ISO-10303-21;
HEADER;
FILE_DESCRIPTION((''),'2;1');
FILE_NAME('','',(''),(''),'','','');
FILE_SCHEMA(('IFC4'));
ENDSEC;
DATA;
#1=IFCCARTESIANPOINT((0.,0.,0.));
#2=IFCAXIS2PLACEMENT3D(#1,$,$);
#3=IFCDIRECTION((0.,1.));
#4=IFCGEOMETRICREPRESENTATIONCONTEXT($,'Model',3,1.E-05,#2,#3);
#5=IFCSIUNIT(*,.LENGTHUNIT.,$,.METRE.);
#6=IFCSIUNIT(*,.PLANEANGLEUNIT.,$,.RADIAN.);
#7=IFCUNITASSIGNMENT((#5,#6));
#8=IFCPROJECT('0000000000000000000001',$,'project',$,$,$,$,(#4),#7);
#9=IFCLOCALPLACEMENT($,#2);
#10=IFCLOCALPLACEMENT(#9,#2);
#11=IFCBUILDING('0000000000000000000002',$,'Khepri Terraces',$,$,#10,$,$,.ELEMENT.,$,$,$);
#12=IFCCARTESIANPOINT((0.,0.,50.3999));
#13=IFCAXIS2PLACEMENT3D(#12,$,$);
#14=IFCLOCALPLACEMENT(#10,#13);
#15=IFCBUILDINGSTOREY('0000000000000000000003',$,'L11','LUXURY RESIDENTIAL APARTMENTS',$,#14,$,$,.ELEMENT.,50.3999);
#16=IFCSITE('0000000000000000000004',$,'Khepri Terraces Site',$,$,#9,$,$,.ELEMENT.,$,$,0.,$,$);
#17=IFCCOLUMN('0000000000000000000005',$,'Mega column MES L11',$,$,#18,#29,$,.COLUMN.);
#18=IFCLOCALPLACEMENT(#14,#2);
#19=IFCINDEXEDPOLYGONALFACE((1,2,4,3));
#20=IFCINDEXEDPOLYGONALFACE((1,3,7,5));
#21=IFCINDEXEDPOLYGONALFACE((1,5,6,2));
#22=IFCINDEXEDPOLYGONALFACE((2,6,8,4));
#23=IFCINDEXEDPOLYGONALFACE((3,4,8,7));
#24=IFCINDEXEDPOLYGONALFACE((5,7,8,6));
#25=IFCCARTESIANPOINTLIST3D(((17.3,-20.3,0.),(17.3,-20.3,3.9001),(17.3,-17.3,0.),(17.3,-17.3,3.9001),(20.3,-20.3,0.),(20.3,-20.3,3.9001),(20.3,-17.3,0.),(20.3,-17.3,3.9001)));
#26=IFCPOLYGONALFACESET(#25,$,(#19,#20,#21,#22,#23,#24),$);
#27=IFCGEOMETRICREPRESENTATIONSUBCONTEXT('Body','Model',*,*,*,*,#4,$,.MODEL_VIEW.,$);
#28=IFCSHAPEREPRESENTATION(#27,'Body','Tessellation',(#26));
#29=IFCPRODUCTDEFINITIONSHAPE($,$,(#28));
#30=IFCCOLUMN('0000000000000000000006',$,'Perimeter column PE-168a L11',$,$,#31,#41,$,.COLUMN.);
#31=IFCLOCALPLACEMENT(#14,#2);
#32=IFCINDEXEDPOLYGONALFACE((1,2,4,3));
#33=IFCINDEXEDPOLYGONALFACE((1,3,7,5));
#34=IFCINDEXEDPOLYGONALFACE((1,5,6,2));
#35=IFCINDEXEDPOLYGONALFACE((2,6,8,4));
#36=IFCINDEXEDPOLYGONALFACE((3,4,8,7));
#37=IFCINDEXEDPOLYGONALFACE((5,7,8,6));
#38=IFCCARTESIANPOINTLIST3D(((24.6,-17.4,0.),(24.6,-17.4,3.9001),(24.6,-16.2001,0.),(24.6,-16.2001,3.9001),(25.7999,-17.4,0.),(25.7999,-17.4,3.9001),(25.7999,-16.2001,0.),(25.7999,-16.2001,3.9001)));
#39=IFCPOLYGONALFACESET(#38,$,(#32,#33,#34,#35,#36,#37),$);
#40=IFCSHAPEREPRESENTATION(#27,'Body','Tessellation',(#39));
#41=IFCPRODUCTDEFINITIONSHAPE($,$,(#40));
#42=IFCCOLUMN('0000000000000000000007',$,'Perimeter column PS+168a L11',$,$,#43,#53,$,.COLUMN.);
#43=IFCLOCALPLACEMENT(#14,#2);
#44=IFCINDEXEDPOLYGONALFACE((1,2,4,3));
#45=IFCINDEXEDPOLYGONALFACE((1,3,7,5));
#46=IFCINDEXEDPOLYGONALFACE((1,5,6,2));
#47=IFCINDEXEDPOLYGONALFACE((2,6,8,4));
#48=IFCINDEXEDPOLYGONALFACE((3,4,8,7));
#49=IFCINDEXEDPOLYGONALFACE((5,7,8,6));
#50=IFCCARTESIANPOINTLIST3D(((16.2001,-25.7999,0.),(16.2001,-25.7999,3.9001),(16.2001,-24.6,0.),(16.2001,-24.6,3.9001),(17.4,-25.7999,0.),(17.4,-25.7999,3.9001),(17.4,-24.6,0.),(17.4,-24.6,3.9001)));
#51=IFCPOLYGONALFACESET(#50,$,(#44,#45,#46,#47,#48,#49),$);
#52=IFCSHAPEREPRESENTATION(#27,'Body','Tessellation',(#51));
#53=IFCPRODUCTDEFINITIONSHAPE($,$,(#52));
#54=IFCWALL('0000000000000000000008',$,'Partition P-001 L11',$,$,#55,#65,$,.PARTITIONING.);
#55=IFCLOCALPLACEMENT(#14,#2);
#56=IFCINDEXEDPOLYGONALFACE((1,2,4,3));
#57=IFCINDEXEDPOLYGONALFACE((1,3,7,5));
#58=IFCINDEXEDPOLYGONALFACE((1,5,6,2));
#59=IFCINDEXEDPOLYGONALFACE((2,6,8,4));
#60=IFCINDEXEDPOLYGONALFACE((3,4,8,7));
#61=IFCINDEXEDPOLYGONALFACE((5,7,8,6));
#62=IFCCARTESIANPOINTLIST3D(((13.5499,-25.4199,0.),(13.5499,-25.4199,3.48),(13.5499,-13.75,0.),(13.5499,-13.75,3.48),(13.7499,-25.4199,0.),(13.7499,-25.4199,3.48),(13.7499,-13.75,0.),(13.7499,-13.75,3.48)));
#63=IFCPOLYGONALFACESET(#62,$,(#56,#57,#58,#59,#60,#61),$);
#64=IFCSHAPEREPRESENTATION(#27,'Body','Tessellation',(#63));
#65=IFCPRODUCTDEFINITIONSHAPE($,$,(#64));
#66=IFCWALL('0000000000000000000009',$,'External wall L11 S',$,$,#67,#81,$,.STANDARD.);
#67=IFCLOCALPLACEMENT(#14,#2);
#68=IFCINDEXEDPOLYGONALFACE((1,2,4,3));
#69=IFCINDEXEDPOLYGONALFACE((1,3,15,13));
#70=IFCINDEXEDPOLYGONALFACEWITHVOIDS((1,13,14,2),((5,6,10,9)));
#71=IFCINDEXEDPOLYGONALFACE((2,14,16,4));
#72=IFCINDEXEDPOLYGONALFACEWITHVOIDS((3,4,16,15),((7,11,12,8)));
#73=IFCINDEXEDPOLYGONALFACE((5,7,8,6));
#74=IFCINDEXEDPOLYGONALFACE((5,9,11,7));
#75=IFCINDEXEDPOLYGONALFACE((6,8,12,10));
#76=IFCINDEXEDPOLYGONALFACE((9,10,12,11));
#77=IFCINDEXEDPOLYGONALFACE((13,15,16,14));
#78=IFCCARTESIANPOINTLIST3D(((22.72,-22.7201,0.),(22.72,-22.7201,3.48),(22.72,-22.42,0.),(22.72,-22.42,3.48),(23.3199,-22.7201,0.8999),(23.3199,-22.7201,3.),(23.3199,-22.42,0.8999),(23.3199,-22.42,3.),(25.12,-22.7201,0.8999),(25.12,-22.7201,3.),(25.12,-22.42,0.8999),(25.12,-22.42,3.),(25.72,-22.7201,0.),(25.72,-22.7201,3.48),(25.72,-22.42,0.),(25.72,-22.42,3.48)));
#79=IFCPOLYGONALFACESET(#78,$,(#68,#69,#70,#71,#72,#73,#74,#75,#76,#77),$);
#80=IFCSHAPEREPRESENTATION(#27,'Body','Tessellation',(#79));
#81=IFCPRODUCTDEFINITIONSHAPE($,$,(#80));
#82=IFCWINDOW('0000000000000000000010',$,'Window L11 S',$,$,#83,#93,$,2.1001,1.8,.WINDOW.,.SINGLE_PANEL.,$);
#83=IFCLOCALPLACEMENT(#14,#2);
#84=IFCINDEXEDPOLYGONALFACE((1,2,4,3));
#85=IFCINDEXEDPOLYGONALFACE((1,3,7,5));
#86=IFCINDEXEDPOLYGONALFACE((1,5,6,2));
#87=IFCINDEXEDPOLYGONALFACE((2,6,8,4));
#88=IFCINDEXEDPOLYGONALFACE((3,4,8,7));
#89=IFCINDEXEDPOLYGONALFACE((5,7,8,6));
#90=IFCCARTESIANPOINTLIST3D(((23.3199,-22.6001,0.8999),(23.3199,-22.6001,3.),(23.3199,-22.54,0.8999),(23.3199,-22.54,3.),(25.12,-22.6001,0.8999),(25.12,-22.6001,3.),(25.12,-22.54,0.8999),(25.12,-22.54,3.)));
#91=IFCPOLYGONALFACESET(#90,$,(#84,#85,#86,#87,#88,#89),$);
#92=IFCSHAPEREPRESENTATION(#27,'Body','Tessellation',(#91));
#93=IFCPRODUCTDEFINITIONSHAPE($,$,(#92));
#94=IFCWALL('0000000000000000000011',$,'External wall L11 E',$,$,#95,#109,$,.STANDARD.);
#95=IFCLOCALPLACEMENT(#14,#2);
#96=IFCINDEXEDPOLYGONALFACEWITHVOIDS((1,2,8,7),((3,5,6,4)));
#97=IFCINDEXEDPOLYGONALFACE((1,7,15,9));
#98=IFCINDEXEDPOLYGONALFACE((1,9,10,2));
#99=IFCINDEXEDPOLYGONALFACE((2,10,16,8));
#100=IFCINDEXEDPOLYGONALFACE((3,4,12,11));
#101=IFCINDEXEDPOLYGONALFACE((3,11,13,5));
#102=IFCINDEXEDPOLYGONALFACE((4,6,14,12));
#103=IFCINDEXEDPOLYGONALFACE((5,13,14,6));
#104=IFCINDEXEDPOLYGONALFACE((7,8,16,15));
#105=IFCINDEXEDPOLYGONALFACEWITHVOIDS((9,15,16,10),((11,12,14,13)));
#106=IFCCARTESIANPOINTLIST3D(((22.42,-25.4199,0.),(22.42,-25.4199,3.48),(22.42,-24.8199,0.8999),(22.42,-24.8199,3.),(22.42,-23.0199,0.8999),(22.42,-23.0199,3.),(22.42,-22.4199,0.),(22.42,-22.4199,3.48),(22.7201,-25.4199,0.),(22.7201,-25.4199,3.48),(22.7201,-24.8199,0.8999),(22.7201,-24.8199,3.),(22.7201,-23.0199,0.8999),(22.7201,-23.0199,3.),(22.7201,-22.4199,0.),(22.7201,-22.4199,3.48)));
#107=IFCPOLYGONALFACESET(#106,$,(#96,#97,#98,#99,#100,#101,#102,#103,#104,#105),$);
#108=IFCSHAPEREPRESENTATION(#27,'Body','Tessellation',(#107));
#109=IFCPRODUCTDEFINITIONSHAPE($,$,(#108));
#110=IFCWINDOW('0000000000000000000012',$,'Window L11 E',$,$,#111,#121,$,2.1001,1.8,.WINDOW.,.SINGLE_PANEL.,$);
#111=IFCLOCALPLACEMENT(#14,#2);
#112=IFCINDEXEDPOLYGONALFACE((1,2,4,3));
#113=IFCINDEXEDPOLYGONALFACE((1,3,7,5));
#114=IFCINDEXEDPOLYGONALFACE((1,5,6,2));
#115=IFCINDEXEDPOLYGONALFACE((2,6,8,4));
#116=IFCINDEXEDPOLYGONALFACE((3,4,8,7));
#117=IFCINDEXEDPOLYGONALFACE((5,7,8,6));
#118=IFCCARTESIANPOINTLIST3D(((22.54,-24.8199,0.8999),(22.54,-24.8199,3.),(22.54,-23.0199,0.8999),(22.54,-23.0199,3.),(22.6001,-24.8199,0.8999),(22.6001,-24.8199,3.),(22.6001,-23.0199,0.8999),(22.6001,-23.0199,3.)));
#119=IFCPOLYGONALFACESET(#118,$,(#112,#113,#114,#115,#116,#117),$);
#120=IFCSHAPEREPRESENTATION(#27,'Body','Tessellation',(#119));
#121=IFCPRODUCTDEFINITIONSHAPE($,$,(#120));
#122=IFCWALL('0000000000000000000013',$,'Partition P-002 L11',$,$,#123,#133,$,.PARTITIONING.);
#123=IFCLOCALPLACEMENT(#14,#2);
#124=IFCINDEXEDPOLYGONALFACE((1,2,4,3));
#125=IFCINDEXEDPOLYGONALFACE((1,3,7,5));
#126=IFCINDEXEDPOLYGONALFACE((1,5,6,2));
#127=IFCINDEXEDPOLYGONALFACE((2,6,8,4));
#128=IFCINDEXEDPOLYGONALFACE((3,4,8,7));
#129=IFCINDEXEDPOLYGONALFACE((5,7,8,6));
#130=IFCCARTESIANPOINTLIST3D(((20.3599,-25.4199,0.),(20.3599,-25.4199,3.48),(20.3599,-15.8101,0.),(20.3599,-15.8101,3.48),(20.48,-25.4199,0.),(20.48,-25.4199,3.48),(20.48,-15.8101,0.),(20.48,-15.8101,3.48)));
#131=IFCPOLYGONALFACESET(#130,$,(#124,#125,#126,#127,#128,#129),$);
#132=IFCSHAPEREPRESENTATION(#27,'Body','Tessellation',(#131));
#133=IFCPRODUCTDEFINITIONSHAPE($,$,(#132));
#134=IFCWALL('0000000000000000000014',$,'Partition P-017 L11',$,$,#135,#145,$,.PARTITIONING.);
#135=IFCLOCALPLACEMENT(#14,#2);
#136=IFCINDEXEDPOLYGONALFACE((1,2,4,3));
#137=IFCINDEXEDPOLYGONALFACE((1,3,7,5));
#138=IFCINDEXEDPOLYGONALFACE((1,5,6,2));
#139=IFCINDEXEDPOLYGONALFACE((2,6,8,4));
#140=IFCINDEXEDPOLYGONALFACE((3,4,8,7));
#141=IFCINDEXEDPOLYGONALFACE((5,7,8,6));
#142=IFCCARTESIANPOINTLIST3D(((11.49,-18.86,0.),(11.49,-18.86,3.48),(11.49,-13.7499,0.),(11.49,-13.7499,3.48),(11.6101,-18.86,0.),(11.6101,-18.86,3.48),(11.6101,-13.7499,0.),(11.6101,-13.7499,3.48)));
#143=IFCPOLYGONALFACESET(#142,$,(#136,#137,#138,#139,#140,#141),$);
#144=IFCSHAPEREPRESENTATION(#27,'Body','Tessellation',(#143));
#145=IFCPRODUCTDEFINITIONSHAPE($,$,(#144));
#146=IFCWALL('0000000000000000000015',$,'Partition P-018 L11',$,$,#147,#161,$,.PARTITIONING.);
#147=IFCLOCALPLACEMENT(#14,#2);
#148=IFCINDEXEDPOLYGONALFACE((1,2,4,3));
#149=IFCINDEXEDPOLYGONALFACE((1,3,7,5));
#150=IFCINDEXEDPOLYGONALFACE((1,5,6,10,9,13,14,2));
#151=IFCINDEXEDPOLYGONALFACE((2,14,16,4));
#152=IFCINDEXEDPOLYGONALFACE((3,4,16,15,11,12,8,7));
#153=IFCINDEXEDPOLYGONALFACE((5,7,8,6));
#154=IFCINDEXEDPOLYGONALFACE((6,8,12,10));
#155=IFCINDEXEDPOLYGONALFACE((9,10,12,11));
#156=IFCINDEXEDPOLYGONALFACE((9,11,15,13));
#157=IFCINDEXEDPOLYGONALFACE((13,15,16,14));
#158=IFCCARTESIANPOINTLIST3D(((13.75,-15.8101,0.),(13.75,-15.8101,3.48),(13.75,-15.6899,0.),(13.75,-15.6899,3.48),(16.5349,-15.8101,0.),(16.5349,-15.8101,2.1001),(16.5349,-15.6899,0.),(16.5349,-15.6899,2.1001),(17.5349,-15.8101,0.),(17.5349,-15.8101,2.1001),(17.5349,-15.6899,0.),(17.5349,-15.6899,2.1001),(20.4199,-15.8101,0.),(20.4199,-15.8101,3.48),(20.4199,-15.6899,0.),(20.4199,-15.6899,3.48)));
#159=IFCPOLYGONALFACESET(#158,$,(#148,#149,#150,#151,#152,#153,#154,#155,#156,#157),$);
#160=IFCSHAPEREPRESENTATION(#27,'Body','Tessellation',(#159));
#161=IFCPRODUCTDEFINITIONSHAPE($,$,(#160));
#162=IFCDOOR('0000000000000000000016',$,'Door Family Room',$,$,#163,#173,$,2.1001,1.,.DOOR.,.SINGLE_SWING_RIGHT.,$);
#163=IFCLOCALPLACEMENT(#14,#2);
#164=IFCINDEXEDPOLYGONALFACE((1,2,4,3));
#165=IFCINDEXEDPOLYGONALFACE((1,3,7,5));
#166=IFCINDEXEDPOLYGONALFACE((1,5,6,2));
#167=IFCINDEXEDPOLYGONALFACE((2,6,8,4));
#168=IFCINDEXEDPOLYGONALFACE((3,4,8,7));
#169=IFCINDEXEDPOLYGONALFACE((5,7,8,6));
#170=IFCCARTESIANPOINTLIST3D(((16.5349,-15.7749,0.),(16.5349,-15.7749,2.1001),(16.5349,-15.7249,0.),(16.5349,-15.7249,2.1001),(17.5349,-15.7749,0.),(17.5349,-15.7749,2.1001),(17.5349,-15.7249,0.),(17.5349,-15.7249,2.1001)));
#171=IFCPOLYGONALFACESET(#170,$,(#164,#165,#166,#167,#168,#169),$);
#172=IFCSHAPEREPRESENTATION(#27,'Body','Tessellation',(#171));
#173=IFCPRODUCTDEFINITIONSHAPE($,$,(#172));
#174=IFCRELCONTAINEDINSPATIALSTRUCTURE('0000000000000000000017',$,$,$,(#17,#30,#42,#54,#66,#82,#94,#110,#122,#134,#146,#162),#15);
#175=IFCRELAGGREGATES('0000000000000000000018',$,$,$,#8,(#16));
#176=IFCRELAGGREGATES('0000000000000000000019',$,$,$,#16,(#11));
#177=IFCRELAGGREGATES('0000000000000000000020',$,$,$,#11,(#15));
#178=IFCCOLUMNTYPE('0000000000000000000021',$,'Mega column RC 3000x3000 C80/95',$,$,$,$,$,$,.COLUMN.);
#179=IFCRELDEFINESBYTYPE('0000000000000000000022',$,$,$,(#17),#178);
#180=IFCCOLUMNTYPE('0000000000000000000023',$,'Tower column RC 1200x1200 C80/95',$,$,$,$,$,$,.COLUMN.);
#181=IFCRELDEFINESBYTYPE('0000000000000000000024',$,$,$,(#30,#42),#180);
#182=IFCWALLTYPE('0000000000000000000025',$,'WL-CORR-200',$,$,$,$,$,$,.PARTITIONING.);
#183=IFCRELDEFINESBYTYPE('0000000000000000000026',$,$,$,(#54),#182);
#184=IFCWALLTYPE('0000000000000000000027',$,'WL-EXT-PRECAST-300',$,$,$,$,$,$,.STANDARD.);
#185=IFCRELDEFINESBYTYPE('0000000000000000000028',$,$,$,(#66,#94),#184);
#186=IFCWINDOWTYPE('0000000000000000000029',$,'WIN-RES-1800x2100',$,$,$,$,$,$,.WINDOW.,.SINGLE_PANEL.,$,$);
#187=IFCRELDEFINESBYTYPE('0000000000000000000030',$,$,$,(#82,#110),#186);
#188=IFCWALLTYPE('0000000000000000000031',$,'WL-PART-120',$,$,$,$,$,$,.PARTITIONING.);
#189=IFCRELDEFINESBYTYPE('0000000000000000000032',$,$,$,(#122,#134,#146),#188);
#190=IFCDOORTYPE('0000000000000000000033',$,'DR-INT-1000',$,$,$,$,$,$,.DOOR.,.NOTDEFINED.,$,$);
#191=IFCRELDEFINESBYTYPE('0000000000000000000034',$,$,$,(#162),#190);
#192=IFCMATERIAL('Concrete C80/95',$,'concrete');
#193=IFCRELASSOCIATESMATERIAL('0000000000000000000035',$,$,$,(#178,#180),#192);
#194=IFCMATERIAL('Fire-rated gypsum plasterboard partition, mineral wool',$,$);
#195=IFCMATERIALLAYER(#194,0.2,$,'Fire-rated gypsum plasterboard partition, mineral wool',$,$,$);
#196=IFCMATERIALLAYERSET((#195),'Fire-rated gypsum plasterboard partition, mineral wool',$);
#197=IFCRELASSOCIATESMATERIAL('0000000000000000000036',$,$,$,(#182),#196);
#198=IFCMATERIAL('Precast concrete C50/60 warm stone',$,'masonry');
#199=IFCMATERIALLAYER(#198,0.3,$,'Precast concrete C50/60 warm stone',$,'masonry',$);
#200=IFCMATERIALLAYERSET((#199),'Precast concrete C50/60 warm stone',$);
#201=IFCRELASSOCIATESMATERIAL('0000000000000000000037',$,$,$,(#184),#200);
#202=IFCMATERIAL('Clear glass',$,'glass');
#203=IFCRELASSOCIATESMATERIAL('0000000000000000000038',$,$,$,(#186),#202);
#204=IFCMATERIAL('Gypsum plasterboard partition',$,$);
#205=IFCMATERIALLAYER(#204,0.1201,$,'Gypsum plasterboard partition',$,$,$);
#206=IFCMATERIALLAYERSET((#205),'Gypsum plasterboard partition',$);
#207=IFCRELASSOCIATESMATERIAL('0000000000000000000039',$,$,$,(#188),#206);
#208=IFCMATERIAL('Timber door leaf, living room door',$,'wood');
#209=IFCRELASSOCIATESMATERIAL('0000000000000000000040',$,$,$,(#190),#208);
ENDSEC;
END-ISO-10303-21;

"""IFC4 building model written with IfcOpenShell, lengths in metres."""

from ifc_helpers import new_model, si_unit, direction, frame, frame_2d, origin, origin_2d, place, context, subcontext, project, spatial, rectangle, extrude, material, layer, layer_set, material_profile, profile_set, type_object, element, fill, save


model = new_model("IFC4")

# Units and contexts
model_context = context("Model", 3, precision=1e-05, world=origin(), true_north=direction((0.0, 1.0)))
body_context = subcontext(model_context, "Body", "Model", "MODEL_VIEW")
ifc_project = project(units=[si_unit("LENGTHUNIT", "METRE"), si_unit("PLANEANGLEUNIT", "RADIAN")], contexts=[model_context])

# Site, building, storey
site_placement = place(None, origin())
site = spatial("IfcSite", under=ifc_project, at=site_placement, Name="Khepri Terraces Site", CompositionType="ELEMENT", RefElevation=0.0)
building_placement = place(site_placement, origin())
building = spatial("IfcBuilding", under=site, at=building_placement, Name="Khepri Terraces", CompositionType="ELEMENT")
storey_placement = place(building_placement, frame((0.0, 0.0, 50.3999)))
storey = spatial("IfcBuildingStorey", under=building, at=storey_placement, Name="L11", Description="LUXURY RESIDENTIAL APARTMENTS", CompositionType="ELEMENT", Elevation=50.3999)

# Columns
ifc_material_1 = material(Name="Concrete C80/95", Category="concrete")
ifc_material_profile_1 = material_profile(ifc_material_1, rectangle(XDim=3.0, YDim=3.0, at=origin_2d()), Name="Concrete C80/95", Category="concrete")
ifc_profile_set_1 = profile_set([ifc_material_profile_1], Name="Concrete C80/95")
column_type_1 = type_object("IfcColumnType", Name="Mega column RC 3000x3000 C80/95", PredefinedType="COLUMN", material=ifc_profile_set_1)
column_placement = place(storey_placement, frame((18.8, -18.8, 0.0), z_axis=(0.0, 0.0, 1.0), x_axis=(1.0, 0.0, 0.0)))
element("IfcColumn", 1, at=column_placement, inside=storey, type_object=column_type_1, Name="Mega column MES L11", PredefinedType="COLUMN", context=body_context, shape_type="SweptSolid", body=[
    extrude(rectangle(XDim=3.0, YDim=3.0, at=origin_2d()), origin(), (0.0, 0.0, 1.0), 3.9001),
])
ifc_material_profile_2 = material_profile(ifc_material_1, rectangle(XDim=1.2, YDim=1.2, at=origin_2d()), Name="Concrete C80/95", Category="concrete")
ifc_profile_set_2 = profile_set([ifc_material_profile_2], Name="Concrete C80/95")
column_type_2 = type_object("IfcColumnType", Name="Tower column RC 1200x1200 C80/95", PredefinedType="COLUMN", material=ifc_profile_set_2)
for number, where, z_axis, x_axis, name in (
    (2, (25.2, -16.8, 0.0), (0.0, 0.0, 1.0), (1.0, 0.0, 0.0), "Perimeter column PE-168a L11"),
    (3, (16.8, -25.2, 0.0), (0.0, 0.0, 1.0), (1.0, 0.0, 0.0), "Perimeter column PS+168a L11"),
):
    element("IfcColumn", number, at=place(storey_placement, frame(where, z_axis=z_axis, x_axis=x_axis)), inside=storey, type_object=column_type_2, Name=name, PredefinedType="COLUMN", context=body_context, shape_type="SweptSolid", body=[
        extrude(rectangle(XDim=1.2, YDim=1.2, at=origin_2d()), origin(), (0.0, 0.0, 1.0), 3.9001),
    ])

# Wall
ifc_material_2 = material(Name="Fire-rated gypsum plasterboard partition, mineral wool")
ifc_layer_1 = layer(ifc_material_2, 0.2, Name="Fire-rated gypsum plasterboard partition, mineral wool")
ifc_layer_set_1 = layer_set([ifc_layer_1], Name="Fire-rated gypsum plasterboard partition, mineral wool")
wall_type_1 = type_object("IfcWallType", Name="WL-CORR-200", PredefinedType="PARTITIONING", material=ifc_layer_set_1)
wall_1_placement = place(storey_placement, frame((13.6499, -25.4199, 0.0), z_axis=(0.0, 0.0, 1.0), x_axis=(0.0, 1.0, 0.0)))
element("IfcWall", 4, at=wall_1_placement, inside=storey, type_object=wall_type_1, Name="Partition P-001 L11", PredefinedType="PARTITIONING", context=body_context, shape_type="SweptSolid", body=[
    extrude(rectangle(XDim=11.6699, YDim=0.2, at=frame_2d((5.835, 0.0))), origin(), (0.0, 0.0, 1.0), 3.48),
])

# Wall, opening, window
ifc_material_3 = material(Name="Precast concrete C50/60 warm stone", Category="masonry")
ifc_layer_2 = layer(ifc_material_3, 0.3, Name="Precast concrete C50/60 warm stone", Category="masonry")
ifc_layer_set_2 = layer_set([ifc_layer_2], Name="Precast concrete C50/60 warm stone")
wall_type_2 = type_object("IfcWallType", Name="WL-EXT-PRECAST-300", PredefinedType="STANDARD", material=ifc_layer_set_2)
wall_2_placement = place(storey_placement, frame((22.72, -22.5701, 0.0), z_axis=(0.0, 0.0, 1.0), x_axis=(1.0, 0.0, 0.0)))
wall_2 = element("IfcWall", 5, at=wall_2_placement, inside=storey, type_object=wall_type_2, Name="External wall L11 S", PredefinedType="STANDARD", context=body_context, shape_type="SweptSolid", body=[
    extrude(rectangle(XDim=3.0, YDim=0.3, at=frame_2d((1.5, 0.0))), origin(), (0.0, 0.0, 1.0), 3.48),
])
opening_1_placement = place(wall_2_placement, frame((0.6001, 0.0, 0.8999)))
opening_1 = element("IfcOpeningElement", 6, at=opening_1_placement, cuts=wall_2, PredefinedType="OPENING", context=body_context, shape_type="SweptSolid", body=[
    extrude(rectangle(XDim=1.8, YDim=2.1001, at=frame_2d((0.8999, 1.05))), frame((0.0, 0.1602, 0.0), z_axis=(0.0, -1.0, 0.0), x_axis=(1.0, 0.0, 0.0)), (0.0, 0.0, 1.0), 0.3201),
])
ifc_material_4 = material(Name="Clear glass", Category="glass")
window_type = type_object("IfcWindowType", Name="WIN-RES-1800x2100", PartitioningType="SINGLE_PANEL", PredefinedType="WINDOW", material=ifc_material_4)
window_1_placement = place(opening_1_placement, origin())
window_1 = element("IfcWindow", 7, at=window_1_placement, inside=storey, type_object=window_type, Name="Window L11 S", OverallHeight=2.1001, OverallWidth=1.8, PartitioningType="SINGLE_PANEL", PredefinedType="WINDOW", context=body_context, shape_type="SweptSolid", body=[
    extrude(rectangle(XDim=1.8, YDim=2.1001, at=frame_2d((0.8999, 1.05))), frame((0.0, 0.03, 0.0), z_axis=(0.0, -1.0, 0.0), x_axis=(1.0, 0.0, 0.0)), (0.0, 0.0, 1.0), 0.0601),
])
fill(opening_1, window_1)

# Wall, opening, window
wall_3_placement = place(storey_placement, frame((22.5701, -25.4199, 0.0), z_axis=(0.0, 0.0, 1.0), x_axis=(0.0, 1.0, 0.0)))
wall_3 = element("IfcWall", 8, at=wall_3_placement, inside=storey, type_object=wall_type_2, Name="External wall L11 E", PredefinedType="STANDARD", context=body_context, shape_type="SweptSolid", body=[
    extrude(rectangle(XDim=3.0, YDim=0.3, at=frame_2d((1.5, 0.0))), origin(), (0.0, 0.0, 1.0), 3.48),
])
opening_2_placement = place(wall_3_placement, frame((0.6001, 0.0, 0.8999)))
opening_2 = element("IfcOpeningElement", 9, at=opening_2_placement, cuts=wall_3, PredefinedType="OPENING", context=body_context, shape_type="SweptSolid", body=[
    extrude(rectangle(XDim=1.8, YDim=2.1001, at=frame_2d((0.8999, 1.05))), frame((0.0, 0.1602, 0.0), z_axis=(0.0, -1.0, 0.0), x_axis=(1.0, 0.0, 0.0)), (0.0, 0.0, 1.0), 0.3201),
])
window_2_placement = place(opening_2_placement, origin())
window_2 = element("IfcWindow", 10, at=window_2_placement, inside=storey, type_object=window_type, Name="Window L11 E", OverallHeight=2.1001, OverallWidth=1.8, PartitioningType="SINGLE_PANEL", PredefinedType="WINDOW", context=body_context, shape_type="SweptSolid", body=[
    extrude(rectangle(XDim=1.8, YDim=2.1001, at=frame_2d((0.8999, 1.05))), frame((0.0, 0.03, 0.0), z_axis=(0.0, -1.0, 0.0), x_axis=(1.0, 0.0, 0.0)), (0.0, 0.0, 1.0), 0.0601),
])
fill(opening_2, window_2)

# Walls
ifc_material_5 = material(Name="Gypsum plasterboard partition")
ifc_layer_3 = layer(ifc_material_5, 0.1201, Name="Gypsum plasterboard partition")
ifc_layer_set_3 = layer_set([ifc_layer_3], Name="Gypsum plasterboard partition")
wall_type_3 = type_object("IfcWallType", Name="WL-PART-120", PredefinedType="PARTITIONING", material=ifc_layer_set_3)
wall_4_placement = place(storey_placement, frame((20.4199, -25.4199, 0.0), z_axis=(0.0, 0.0, 1.0), x_axis=(0.0, 1.0, 0.0)))
element("IfcWall", 11, at=wall_4_placement, inside=storey, type_object=wall_type_3, Name="Partition P-002 L11", PredefinedType="PARTITIONING", context=body_context, shape_type="SweptSolid", body=[
    extrude(rectangle(XDim=9.6099, YDim=0.1201, at=frame_2d((4.8049, 0.0))), origin(), (0.0, 0.0, 1.0), 3.48),
])
wall_5_placement = place(storey_placement, frame((11.55, -18.8601, 0.0), z_axis=(0.0, 0.0, 1.0), x_axis=(0.0, 1.0, 0.0)))
element("IfcWall", 12, at=wall_5_placement, inside=storey, type_object=wall_type_3, Name="Partition P-017 L11", PredefinedType="PARTITIONING", context=body_context, shape_type="SweptSolid", body=[
    extrude(rectangle(XDim=5.1101, YDim=0.1201, at=frame_2d((2.5552, 0.0))), origin(), (0.0, 0.0, 1.0), 3.48),
])

# Wall, opening, door
wall_6_placement = place(storey_placement, frame((13.75, -15.75, 0.0), z_axis=(0.0, 0.0, 1.0), x_axis=(1.0, 0.0, 0.0)))
wall_6 = element("IfcWall", 13, at=wall_6_placement, inside=storey, type_object=wall_type_3, Name="Partition P-018 L11", PredefinedType="PARTITIONING", context=body_context, shape_type="SweptSolid", body=[
    extrude(rectangle(XDim=6.6699, YDim=0.1201, at=frame_2d((3.335, 0.0))), origin(), (0.0, 0.0, 1.0), 3.48),
])
opening_3_placement = place(wall_6_placement, frame((2.7849, 0.0, 0.0)))
opening_3 = element("IfcOpeningElement", 14, at=opening_3_placement, cuts=wall_6, PredefinedType="OPENING", context=body_context, shape_type="SweptSolid", body=[
    extrude(rectangle(XDim=1.0, YDim=2.1001, at=frame_2d((0.5, 1.05))), frame((0.0, 0.0701, 0.0), z_axis=(0.0, -1.0, 0.0), x_axis=(1.0, 0.0, 0.0)), (0.0, 0.0, 1.0), 0.1401),
])
ifc_material_6 = material(Name="Timber door leaf, living room door", Category="wood")
door_type_1 = type_object("IfcDoorType", Name="DR-INT-1000", OperationType="NOTDEFINED", PredefinedType="DOOR", material=ifc_material_6)
door_1_placement = place(opening_3_placement, frame((1.0, 0.0, 0.0), z_axis=(0.0, 0.0, 1.0), x_axis=(-1.0, 0.0, 0.0)))
door_1 = element("IfcDoor", 15, at=door_1_placement, inside=storey, type_object=door_type_1, Name="Door Family Room", OperationType="SINGLE_SWING_RIGHT", OverallHeight=2.1001, OverallWidth=1.0, PredefinedType="DOOR", context=body_context, shape_type="SweptSolid", body=[
    extrude(rectangle(XDim=1.0, YDim=2.1001, at=frame_2d((0.5, 1.05))), frame((0.0, 0.0249, 0.0), z_axis=(0.0, -1.0, 0.0), x_axis=(1.0, 0.0, 0.0)), (0.0, 0.0, 1.0), 0.05),
])
fill(opening_3, door_1)

save(model, "model.ifc")
